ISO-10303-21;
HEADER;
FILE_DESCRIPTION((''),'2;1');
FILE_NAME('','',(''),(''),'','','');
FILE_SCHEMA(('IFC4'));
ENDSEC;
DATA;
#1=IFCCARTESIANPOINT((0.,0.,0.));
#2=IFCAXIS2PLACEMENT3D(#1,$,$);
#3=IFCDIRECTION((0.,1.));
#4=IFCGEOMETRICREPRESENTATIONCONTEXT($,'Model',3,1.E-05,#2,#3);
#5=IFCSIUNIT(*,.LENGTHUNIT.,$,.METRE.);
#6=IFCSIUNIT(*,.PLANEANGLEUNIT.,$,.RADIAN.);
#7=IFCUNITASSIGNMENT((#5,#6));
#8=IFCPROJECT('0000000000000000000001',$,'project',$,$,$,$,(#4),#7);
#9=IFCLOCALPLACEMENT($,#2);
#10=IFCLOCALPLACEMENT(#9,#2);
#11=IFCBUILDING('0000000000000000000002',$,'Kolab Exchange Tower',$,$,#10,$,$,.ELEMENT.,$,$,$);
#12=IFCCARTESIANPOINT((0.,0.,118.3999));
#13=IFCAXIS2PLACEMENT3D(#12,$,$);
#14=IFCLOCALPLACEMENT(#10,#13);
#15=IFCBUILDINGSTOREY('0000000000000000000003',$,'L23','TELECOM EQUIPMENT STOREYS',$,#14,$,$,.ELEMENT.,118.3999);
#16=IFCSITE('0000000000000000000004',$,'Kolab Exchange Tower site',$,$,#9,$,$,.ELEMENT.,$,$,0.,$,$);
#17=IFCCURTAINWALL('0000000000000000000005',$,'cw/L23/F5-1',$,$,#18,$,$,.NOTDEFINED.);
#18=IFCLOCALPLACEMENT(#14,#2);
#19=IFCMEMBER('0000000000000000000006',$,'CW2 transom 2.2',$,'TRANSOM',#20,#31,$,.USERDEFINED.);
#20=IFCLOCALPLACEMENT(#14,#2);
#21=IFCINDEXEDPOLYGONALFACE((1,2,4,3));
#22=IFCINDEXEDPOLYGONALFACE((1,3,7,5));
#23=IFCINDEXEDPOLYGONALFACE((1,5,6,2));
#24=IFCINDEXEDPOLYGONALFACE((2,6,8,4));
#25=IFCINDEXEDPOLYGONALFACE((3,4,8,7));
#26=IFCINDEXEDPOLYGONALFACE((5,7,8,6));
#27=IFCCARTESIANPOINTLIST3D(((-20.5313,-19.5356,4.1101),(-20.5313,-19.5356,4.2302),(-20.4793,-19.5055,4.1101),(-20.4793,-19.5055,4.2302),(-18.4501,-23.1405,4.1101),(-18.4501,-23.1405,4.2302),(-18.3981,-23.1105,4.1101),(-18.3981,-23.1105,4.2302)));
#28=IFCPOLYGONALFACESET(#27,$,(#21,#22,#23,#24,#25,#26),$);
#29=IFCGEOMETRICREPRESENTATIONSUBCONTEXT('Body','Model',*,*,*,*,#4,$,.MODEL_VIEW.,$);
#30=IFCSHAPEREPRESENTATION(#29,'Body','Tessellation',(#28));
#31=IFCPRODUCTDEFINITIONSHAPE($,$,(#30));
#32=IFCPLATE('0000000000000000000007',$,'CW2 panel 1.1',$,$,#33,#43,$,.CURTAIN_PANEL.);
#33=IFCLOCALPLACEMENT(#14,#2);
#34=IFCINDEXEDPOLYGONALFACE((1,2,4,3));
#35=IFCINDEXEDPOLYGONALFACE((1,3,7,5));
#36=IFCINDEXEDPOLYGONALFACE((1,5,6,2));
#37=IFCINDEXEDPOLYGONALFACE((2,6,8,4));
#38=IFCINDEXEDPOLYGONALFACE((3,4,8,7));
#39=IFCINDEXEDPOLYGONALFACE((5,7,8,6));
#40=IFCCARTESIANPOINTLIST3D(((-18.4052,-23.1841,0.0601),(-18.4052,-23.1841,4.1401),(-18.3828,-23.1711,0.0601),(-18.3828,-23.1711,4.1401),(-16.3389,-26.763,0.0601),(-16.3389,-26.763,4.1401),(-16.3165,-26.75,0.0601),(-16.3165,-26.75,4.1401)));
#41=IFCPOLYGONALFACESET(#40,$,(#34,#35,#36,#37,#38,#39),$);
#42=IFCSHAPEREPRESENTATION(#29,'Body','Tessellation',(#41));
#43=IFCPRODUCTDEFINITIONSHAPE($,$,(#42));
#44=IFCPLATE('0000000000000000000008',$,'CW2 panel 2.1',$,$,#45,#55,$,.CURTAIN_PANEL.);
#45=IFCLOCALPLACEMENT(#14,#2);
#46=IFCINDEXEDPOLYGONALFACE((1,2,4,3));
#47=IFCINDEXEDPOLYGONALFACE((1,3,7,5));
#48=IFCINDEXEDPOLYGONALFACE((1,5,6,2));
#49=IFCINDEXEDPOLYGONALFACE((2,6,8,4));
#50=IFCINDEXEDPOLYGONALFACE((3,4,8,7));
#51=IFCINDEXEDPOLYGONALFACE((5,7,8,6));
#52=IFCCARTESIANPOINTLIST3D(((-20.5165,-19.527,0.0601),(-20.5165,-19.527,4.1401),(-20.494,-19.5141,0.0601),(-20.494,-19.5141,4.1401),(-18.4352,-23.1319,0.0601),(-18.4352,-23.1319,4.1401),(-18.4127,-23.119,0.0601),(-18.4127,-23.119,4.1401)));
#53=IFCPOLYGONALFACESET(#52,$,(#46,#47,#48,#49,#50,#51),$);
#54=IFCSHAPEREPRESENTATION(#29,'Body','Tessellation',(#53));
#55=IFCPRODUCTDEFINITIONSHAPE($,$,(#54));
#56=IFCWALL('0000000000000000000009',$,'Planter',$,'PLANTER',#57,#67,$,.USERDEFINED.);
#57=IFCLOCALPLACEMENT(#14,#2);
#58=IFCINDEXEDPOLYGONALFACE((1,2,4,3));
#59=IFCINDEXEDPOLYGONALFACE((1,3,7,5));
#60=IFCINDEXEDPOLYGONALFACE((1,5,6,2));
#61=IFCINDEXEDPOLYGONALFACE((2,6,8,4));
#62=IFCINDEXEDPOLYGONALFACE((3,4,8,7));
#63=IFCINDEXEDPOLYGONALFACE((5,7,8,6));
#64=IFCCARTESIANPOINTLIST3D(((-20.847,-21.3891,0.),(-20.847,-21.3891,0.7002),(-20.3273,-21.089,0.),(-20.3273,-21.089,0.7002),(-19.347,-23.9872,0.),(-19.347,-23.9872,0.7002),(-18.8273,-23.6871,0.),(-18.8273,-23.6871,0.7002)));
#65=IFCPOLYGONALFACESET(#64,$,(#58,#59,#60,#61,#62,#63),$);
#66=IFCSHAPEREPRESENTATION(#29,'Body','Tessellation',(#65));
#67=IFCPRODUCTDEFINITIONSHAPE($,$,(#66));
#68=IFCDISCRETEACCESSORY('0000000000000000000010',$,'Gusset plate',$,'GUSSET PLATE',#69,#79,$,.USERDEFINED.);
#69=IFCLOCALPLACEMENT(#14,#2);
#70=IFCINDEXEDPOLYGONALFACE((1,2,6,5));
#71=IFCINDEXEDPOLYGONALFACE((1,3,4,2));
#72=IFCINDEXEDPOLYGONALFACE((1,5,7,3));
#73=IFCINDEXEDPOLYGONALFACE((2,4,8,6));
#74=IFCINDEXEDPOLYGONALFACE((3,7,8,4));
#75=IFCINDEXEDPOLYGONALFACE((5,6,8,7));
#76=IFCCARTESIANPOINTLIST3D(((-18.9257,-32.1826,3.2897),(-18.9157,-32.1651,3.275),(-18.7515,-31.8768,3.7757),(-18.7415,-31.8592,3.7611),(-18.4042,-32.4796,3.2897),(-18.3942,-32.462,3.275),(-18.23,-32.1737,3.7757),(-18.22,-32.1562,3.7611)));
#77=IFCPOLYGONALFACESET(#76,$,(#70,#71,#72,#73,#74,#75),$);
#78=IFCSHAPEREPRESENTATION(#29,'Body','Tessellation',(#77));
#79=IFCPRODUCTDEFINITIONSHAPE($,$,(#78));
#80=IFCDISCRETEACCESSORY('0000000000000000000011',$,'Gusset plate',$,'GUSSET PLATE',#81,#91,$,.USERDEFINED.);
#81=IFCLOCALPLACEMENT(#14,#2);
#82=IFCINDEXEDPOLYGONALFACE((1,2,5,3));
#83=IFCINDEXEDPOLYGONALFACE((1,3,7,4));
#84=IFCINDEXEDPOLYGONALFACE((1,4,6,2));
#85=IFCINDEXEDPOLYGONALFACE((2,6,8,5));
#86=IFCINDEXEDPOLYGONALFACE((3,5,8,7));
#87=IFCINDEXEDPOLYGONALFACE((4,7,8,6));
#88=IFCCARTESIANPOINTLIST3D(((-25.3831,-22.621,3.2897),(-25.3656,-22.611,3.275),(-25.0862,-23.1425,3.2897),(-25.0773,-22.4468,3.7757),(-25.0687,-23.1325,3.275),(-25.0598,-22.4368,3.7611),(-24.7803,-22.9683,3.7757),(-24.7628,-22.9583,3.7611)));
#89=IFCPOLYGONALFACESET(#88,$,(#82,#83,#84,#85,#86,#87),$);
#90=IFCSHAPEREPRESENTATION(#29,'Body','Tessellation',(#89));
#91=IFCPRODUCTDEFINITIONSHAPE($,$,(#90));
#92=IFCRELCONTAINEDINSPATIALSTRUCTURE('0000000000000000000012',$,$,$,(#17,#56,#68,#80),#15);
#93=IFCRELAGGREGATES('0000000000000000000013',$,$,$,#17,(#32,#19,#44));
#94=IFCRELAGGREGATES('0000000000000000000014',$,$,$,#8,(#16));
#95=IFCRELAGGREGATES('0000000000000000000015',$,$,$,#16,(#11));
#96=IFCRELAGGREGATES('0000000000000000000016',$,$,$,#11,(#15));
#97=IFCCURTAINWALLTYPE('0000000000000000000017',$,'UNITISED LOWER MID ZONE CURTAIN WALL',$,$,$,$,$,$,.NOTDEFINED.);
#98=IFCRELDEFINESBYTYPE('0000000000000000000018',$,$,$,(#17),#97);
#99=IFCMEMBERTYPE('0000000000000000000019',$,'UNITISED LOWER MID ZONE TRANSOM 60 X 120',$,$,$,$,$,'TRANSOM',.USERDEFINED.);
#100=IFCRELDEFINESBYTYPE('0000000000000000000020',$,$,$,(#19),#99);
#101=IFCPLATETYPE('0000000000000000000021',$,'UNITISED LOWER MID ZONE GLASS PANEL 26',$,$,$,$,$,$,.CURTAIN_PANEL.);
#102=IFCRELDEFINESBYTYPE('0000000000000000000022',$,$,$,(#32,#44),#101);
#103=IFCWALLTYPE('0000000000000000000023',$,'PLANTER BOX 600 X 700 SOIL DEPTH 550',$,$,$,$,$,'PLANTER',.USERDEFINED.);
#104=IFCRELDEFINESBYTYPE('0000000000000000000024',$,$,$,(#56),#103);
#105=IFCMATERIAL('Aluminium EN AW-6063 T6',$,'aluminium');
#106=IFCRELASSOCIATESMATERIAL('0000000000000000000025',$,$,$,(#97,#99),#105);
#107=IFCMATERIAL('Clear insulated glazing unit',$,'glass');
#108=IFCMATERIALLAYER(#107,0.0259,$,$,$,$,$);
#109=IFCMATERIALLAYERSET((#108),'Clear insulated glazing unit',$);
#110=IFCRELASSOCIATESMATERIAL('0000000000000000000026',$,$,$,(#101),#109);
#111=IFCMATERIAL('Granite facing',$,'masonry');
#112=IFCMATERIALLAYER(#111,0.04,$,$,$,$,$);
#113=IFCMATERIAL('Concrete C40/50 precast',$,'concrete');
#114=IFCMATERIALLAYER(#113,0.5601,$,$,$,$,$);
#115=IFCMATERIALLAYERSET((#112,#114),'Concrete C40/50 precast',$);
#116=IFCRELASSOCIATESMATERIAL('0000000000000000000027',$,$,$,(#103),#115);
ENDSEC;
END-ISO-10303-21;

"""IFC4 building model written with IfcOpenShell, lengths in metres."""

from ifc_helpers import new_model, si_unit, direction, frame, frame_2d, origin, origin_2d, place, context, subcontext, project, spatial, rectangle, extrude, material, layer, layer_set, material_profile, profile_set, type_object, element, aggregate, save


model = new_model("IFC4")

# Units and contexts
model_context = context("Model", 3, precision=1e-05, world=origin(), true_north=direction((0.0, 1.0)))
body_context = subcontext(model_context, "Body", "Model", "MODEL_VIEW")
ifc_project = project(units=[si_unit("LENGTHUNIT", "METRE"), si_unit("PLANEANGLEUNIT", "RADIAN")], contexts=[model_context])

# Site, building, storey
site_placement = place(None, origin())
site = spatial("IfcSite", under=ifc_project, at=site_placement, Name="Kolab Exchange Tower site", CompositionType="ELEMENT", RefElevation=0.0)
building_placement = place(site_placement, origin())
building = spatial("IfcBuilding", under=site, at=building_placement, Name="Kolab Exchange Tower", CompositionType="ELEMENT")
storey_placement = place(building_placement, frame((0.0, 0.0, 118.3999)))
storey = spatial("IfcBuildingStorey", under=building, at=storey_placement, Name="L23", Description="TELECOM EQUIPMENT STOREYS", CompositionType="ELEMENT", Elevation=118.3999)

# Curtain wall, member, plates
ifc_material_1 = material(Name="Aluminium EN AW-6063 T6", Category="aluminium")
curtain_wall_type = type_object("IfcCurtainWallType", Name="UNITISED LOWER MID ZONE CURTAIN WALL", PredefinedType="NOTDEFINED", material=ifc_material_1)
curtain_wall_placement = place(storey_placement, origin())
curtain_wall = element("IfcCurtainWall", 1, at=curtain_wall_placement, inside=storey, type_object=curtain_wall_type, Name="cw/L23/F5-1", PredefinedType="NOTDEFINED")
ifc_material_profile_1 = material_profile(ifc_material_1, rectangle(XDim=0.0601, YDim=0.1201, at=origin_2d()), Name="RECT 60X120")
ifc_profile_set_1 = profile_set([ifc_material_profile_1], Name="Aluminium EN AW-6063 T6")
member_type_1 = type_object("IfcMemberType", Name="UNITISED LOWER MID ZONE TRANSOM 60 X 120", ElementType="TRANSOM", PredefinedType="USERDEFINED", material=ifc_profile_set_1)
member_1_placement = place(storey_placement, frame((-18.4241, -23.1255, 4.1702), z_axis=(-0.499993, 0.866029, 0.0), x_axis=(-0.866029, -0.499993, 0.0)))
member_1 = element("IfcMember", 2, at=member_1_placement, type_object=member_type_1, Name="CW2 transom 2.2", ObjectType="TRANSOM", PredefinedType="USERDEFINED", context=body_context, shape_type="SweptSolid", body=[
    extrude(rectangle(XDim=0.0601, YDim=0.1201, at=origin_2d()), origin(), (0.0, 0.0, 1.0), 4.1626),
])
ifc_material_2 = material(Name="Clear insulated glazing unit", Category="glass")
ifc_layer_1 = layer(ifc_material_2, 0.0259)
ifc_layer_set_1 = layer_set([ifc_layer_1], Name="Clear insulated glazing unit")
plate_type = type_object("IfcPlateType", Name="UNITISED LOWER MID ZONE GLASS PANEL 26", PredefinedType="CURTAIN_PANEL", material=ifc_layer_set_1)
plate_1_placement = place(storey_placement, frame((-17.3608, -24.967, 0.0601), z_axis=(0.0, 0.0, 1.0), x_axis=(-0.5, 0.866025, 0.0)))
plate_1 = element("IfcPlate", 3, at=plate_1_placement, type_object=plate_type, Name="CW2 panel 1.1", PredefinedType="CURTAIN_PANEL", context=body_context, shape_type="SweptSolid", body=[
    extrude(rectangle(XDim=4.1326, YDim=0.0259, at=origin_2d()), origin(), (0.0, 0.0, 1.0), 4.0801),
])
plate_2_placement = place(storey_placement, frame((-19.4646, -21.323, 0.0601), z_axis=(0.0, 0.0, 1.0), x_axis=(-0.5, 0.866025, 0.0)))
plate_2 = element("IfcPlate", 4, at=plate_2_placement, type_object=plate_type, Name="CW2 panel 2.1", PredefinedType="CURTAIN_PANEL", context=body_context, shape_type="SweptSolid", body=[
    extrude(rectangle(XDim=4.1626, YDim=0.0259, at=origin_2d()), origin(), (0.0, 0.0, 1.0), 4.0801),
])
aggregate(curtain_wall, [plate_1, member_1, plate_2])

# Wall
ifc_material_3 = material(Name="Granite facing", Category="masonry")
ifc_layer_2 = layer(ifc_material_3, 0.04)
ifc_material_4 = material(Name="Concrete C40/50 precast", Category="concrete")
ifc_layer_3 = layer(ifc_material_4, 0.5601)
ifc_layer_set_2 = layer_set([ifc_layer_2, ifc_layer_3], Name="Concrete C40/50 precast")
wall_type = type_object("IfcWallType", Name="PLANTER BOX 600 X 700 SOIL DEPTH 550", ElementType="PLANTER", PredefinedType="USERDEFINED", material=ifc_layer_set_2)
wall_placement = place(storey_placement, frame((-19.0872, -23.8372, 0.0), z_axis=(0.0, 0.0, 1.0), x_axis=(-0.49999, 0.866031, 0.0)))
element("IfcWall", 5, at=wall_placement, inside=storey, type_object=wall_type, Name="Planter", ObjectType="PLANTER", PredefinedType="USERDEFINED", context=body_context, shape_type="SweptSolid", body=[
    extrude(rectangle(XDim=3.0, YDim=0.6001, at=frame_2d((1.5, 0.0))), origin(), (0.0, 0.0, 1.0), 0.7002),
])

# Discrete accessories
for number, where, z_axis, x_axis, name in (
    (6, (-18.5679, -32.1606, 3.5181), (-0.400788, -0.703822, 0.586518), (0.868985, -0.494839, 0.0), "Gusset plate"),
    (7, (-25.0642, -22.7847, 3.5181), (-0.703822, -0.400788, 0.586518), (0.494839, -0.868985, 0.0), "Gusset plate"),
):
    element("IfcDiscreteAccessory", number, at=place(storey_placement, frame(where, z_axis=z_axis, x_axis=x_axis)), inside=storey, Name=name, ObjectType="GUSSET PLATE", PredefinedType="USERDEFINED", context=body_context, shape_type="SweptSolid", body=[
        extrude(rectangle(XDim=0.6001, YDim=0.6001, at=origin_2d()), origin(), (0.0, 0.0, 1.0), 0.0249),
    ])

save(model, "model.ifc")
